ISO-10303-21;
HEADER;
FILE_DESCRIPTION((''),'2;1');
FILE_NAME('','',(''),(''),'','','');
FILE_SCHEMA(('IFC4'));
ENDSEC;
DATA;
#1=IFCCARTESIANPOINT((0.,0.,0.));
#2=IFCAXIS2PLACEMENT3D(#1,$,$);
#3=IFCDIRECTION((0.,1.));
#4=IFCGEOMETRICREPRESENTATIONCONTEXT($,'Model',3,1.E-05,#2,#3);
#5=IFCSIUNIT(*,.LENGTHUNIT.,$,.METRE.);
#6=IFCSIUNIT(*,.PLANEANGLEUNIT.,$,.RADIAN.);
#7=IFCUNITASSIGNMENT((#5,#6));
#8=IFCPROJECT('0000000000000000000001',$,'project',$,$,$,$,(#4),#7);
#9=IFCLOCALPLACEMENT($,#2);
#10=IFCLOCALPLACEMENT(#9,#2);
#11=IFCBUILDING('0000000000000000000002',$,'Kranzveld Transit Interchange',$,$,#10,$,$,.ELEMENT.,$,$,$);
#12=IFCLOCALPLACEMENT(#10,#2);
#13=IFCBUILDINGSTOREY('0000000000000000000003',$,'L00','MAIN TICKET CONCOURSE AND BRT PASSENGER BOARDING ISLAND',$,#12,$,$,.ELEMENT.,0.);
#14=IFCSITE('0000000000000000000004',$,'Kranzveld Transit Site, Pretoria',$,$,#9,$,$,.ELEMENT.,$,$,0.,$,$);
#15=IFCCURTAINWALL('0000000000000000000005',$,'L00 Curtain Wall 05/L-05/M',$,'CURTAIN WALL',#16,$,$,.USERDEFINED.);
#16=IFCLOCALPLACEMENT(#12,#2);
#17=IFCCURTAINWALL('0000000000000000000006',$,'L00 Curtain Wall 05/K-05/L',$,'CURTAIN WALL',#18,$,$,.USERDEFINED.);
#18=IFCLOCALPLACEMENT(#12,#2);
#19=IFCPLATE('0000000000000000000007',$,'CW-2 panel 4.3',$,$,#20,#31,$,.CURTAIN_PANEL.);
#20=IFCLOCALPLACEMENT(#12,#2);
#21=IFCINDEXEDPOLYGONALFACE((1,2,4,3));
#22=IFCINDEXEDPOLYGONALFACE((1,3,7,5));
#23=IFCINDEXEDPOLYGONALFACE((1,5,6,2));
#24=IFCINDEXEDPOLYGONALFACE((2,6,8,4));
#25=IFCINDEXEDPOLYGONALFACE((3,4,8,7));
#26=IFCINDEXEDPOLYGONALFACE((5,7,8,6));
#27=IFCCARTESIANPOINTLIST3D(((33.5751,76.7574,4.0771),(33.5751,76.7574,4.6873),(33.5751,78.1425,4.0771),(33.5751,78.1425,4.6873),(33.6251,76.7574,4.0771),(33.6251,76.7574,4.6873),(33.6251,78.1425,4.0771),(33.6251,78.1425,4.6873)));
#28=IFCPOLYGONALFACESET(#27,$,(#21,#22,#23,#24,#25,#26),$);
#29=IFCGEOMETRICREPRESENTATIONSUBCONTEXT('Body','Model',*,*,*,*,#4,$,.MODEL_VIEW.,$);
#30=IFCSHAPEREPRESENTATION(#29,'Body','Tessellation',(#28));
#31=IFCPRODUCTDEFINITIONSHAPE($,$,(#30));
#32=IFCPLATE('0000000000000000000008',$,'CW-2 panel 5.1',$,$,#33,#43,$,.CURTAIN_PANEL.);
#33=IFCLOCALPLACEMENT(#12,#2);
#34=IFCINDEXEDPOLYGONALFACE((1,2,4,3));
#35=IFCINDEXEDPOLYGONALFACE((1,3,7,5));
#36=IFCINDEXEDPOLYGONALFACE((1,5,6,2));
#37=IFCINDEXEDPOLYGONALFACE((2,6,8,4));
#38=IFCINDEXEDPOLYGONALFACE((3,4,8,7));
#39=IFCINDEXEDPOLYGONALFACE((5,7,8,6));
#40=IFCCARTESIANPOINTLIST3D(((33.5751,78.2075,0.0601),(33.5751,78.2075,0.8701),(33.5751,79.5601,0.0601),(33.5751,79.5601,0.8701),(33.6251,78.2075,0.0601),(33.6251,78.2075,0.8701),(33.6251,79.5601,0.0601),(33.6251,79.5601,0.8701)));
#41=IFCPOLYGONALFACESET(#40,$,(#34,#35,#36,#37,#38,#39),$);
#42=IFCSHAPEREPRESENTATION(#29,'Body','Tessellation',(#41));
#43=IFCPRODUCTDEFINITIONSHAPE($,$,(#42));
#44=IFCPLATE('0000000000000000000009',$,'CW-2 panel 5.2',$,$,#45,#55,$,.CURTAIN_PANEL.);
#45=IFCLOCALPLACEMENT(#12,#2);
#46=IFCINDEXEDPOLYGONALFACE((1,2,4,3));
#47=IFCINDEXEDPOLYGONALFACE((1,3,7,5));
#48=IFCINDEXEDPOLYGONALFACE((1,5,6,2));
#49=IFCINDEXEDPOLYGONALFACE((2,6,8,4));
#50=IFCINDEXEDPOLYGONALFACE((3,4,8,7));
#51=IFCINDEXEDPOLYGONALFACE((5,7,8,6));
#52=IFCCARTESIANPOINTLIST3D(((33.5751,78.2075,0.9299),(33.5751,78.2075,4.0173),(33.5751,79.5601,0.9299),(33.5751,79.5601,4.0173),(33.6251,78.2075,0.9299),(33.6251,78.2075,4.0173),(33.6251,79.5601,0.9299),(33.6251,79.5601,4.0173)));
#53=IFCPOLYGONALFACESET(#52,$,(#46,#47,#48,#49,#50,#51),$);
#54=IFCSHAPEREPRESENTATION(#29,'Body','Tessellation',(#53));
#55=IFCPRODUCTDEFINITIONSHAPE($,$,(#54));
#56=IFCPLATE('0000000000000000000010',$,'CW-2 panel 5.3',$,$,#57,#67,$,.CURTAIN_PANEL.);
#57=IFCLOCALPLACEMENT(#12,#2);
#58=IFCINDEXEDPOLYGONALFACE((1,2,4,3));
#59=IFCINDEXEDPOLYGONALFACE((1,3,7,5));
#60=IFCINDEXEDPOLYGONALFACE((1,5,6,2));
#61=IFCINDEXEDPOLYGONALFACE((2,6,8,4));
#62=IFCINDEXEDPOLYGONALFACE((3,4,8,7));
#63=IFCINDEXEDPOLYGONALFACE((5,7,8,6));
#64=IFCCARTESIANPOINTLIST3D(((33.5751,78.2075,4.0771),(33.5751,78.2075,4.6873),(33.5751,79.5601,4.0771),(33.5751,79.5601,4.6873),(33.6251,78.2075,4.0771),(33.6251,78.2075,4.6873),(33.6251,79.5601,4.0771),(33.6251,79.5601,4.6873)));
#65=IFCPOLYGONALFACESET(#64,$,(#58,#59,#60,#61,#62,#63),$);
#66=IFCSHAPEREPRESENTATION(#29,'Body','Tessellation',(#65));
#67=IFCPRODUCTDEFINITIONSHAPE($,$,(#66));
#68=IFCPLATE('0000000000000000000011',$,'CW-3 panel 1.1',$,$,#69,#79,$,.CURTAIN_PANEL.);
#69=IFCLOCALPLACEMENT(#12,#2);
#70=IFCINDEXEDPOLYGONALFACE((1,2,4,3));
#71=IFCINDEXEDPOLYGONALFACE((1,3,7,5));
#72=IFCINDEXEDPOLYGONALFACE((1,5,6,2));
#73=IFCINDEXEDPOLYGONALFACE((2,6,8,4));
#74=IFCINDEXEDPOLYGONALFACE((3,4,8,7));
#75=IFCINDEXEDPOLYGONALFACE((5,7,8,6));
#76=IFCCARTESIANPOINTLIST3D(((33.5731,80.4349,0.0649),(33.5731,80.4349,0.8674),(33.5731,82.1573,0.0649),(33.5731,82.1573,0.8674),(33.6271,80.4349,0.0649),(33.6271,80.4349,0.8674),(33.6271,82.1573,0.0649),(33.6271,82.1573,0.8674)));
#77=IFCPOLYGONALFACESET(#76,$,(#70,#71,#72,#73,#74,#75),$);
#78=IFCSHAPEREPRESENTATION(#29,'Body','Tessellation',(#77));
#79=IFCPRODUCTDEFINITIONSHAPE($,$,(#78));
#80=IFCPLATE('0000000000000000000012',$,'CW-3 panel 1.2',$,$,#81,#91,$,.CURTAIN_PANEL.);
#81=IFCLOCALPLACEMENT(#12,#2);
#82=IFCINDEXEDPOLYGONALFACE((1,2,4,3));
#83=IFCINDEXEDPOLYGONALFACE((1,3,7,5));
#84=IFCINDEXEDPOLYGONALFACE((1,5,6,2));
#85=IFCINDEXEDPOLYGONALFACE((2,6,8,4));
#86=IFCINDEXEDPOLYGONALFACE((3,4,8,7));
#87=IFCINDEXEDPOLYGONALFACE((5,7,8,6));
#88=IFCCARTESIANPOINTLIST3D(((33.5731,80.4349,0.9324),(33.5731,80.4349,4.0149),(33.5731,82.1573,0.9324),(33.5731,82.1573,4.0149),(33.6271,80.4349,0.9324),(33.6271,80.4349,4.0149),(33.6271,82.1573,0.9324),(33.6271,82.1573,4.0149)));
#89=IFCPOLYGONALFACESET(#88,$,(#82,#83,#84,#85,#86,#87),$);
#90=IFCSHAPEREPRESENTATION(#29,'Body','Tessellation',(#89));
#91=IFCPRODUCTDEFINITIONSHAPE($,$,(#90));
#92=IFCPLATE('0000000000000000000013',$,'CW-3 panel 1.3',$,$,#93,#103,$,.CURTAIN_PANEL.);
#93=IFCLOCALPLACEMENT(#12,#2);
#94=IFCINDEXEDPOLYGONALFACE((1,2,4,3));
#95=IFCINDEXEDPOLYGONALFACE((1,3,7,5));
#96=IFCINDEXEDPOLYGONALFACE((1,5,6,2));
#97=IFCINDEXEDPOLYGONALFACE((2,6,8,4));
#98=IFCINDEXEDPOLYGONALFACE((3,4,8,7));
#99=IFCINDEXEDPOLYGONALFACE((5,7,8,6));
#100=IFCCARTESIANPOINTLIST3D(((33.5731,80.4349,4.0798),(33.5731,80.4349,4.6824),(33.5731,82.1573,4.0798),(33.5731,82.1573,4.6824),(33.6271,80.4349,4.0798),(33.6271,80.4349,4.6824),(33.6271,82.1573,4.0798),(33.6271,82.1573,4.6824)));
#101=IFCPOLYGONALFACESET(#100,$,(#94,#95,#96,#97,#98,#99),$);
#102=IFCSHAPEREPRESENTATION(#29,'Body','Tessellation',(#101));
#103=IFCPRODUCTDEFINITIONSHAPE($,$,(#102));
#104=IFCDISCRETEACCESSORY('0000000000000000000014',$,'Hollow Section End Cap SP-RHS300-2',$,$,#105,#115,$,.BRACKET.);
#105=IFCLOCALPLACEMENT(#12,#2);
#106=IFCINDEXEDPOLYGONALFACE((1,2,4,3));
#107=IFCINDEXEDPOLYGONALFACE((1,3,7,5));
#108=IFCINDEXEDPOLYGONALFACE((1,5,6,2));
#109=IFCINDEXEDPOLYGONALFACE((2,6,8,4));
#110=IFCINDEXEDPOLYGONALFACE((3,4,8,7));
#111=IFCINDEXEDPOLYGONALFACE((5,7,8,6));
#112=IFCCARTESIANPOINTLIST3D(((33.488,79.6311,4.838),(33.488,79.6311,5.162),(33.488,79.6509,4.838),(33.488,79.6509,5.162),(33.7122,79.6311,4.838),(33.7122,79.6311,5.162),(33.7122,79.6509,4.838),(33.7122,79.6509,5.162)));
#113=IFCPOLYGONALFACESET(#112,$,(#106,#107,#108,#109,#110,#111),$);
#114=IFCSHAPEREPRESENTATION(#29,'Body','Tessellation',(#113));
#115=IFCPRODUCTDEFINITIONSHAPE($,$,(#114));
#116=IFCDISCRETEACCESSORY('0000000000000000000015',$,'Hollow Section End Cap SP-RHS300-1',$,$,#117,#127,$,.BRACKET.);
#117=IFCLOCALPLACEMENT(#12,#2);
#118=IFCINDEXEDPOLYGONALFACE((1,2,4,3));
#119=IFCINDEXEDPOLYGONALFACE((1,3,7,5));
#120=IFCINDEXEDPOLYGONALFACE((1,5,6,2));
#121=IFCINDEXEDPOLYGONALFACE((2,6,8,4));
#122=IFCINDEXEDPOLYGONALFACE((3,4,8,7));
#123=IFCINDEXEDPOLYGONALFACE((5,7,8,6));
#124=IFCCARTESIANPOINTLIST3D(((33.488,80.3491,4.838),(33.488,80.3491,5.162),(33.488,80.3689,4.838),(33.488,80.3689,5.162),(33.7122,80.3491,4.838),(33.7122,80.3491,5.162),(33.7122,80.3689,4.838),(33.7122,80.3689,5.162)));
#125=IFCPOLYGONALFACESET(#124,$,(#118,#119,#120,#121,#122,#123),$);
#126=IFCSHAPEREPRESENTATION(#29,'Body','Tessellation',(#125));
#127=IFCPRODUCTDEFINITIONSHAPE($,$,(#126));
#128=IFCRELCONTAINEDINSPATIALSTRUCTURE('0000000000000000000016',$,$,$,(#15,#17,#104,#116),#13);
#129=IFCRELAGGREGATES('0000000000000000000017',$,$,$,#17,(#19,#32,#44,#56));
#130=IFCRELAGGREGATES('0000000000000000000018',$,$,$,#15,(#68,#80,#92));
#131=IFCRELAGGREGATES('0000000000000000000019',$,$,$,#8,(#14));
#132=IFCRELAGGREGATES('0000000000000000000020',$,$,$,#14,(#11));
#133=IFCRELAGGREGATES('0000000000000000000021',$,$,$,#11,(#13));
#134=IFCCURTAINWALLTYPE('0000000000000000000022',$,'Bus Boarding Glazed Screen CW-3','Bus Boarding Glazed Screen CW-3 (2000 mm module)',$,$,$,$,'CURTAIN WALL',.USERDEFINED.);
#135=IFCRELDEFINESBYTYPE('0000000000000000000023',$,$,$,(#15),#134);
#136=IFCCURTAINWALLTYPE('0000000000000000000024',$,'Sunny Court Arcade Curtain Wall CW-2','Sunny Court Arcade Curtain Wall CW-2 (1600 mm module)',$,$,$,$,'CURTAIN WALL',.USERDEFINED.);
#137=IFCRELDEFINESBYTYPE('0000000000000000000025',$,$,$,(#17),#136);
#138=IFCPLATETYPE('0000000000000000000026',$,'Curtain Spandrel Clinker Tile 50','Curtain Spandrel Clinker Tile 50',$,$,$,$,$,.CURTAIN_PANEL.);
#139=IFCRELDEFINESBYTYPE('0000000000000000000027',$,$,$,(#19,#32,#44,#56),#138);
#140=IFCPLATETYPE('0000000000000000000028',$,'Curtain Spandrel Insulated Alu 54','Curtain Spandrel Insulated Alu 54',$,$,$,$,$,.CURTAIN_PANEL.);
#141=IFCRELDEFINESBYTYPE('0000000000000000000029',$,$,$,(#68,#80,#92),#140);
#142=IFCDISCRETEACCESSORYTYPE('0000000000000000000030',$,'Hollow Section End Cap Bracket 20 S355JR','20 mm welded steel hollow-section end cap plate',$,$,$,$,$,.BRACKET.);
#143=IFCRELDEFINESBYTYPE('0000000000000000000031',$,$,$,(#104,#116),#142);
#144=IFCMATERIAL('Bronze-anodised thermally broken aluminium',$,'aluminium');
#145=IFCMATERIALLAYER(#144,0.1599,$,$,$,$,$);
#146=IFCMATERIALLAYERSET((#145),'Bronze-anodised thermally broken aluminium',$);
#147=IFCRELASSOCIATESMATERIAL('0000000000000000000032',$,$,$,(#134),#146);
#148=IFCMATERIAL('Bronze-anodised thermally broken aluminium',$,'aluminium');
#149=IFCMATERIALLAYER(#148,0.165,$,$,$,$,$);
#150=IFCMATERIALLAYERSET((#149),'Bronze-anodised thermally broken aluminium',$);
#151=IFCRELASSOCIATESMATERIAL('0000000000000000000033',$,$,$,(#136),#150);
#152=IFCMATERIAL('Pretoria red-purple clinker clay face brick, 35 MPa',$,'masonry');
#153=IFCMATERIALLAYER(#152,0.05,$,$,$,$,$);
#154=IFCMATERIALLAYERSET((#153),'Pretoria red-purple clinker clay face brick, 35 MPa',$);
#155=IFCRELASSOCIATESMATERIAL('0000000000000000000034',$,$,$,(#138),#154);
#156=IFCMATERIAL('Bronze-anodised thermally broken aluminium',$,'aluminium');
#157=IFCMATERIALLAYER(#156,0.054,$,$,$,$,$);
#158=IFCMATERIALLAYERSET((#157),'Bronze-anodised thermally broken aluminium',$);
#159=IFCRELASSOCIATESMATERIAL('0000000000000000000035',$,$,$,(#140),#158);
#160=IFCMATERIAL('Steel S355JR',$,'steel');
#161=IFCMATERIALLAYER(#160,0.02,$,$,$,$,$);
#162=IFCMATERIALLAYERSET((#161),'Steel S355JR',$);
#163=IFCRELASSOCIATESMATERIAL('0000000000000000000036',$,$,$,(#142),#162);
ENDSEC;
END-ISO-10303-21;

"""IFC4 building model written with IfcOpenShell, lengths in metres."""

from ifc_helpers import new_model, si_unit, direction, frame, origin, origin_2d, place, context, subcontext, project, spatial, rectangle, extrude, material, layer, layer_set, type_object, element, aggregate, save


model = new_model("IFC4")

# Units and contexts
model_context = context("Model", 3, precision=1e-05, world=origin(), true_north=direction((0.0, 1.0)))
body_context = subcontext(model_context, "Body", "Model", "MODEL_VIEW")
ifc_project = project(units=[si_unit("LENGTHUNIT", "METRE"), si_unit("PLANEANGLEUNIT", "RADIAN")], contexts=[model_context])

# Site, building, storey
site_placement = place(None, origin())
site = spatial("IfcSite", under=ifc_project, at=site_placement, Name="Kranzveld Transit Site, Pretoria", CompositionType="ELEMENT", RefElevation=0.0)
building_placement = place(site_placement, origin())
building = spatial("IfcBuilding", under=site, at=building_placement, Name="Kranzveld Transit Interchange", CompositionType="ELEMENT")
storey_placement = place(building_placement, origin())
storey = spatial("IfcBuildingStorey", under=building, at=storey_placement, Name="L00", Description="MAIN TICKET CONCOURSE AND BRT PASSENGER BOARDING ISLAND", CompositionType="ELEMENT", Elevation=0.0)

# Curtain walls
ifc_material_1 = material(Name="Bronze-anodised thermally broken aluminium", Category="aluminium")
ifc_layer_1 = layer(ifc_material_1, 0.1599)
ifc_layer_set_1 = layer_set([ifc_layer_1], Name="Bronze-anodised thermally broken aluminium")
curtain_wall_type_1 = type_object("IfcCurtainWallType", Name="Bus Boarding Glazed Screen CW-3", Description="Bus Boarding Glazed Screen CW-3 (2000 mm module)", ElementType="CURTAIN WALL", PredefinedType="USERDEFINED", material=ifc_layer_set_1)
curtain_wall_1_placement = place(storey_placement, origin())
curtain_wall_1 = element("IfcCurtainWall", 1, at=curtain_wall_1_placement, inside=storey, type_object=curtain_wall_type_1, Name="L00 Curtain Wall 05/L-05/M", ObjectType="CURTAIN WALL", PredefinedType="USERDEFINED")
ifc_material_2 = material(Name="Bronze-anodised thermally broken aluminium", Category="aluminium")
ifc_layer_2 = layer(ifc_material_2, 0.165)
ifc_layer_set_2 = layer_set([ifc_layer_2], Name="Bronze-anodised thermally broken aluminium")
curtain_wall_type_2 = type_object("IfcCurtainWallType", Name="Sunny Court Arcade Curtain Wall CW-2", Description="Sunny Court Arcade Curtain Wall CW-2 (1600 mm module)", ElementType="CURTAIN WALL", PredefinedType="USERDEFINED", material=ifc_layer_set_2)
curtain_wall_2_placement = place(storey_placement, origin())
curtain_wall_2 = element("IfcCurtainWall", 2, at=curtain_wall_2_placement, inside=storey, type_object=curtain_wall_type_2, Name="L00 Curtain Wall 05/K-05/L", ObjectType="CURTAIN WALL", PredefinedType="USERDEFINED")

# Plates
ifc_material_3 = material(Name="Pretoria red-purple clinker clay face brick, 35 MPa", Category="masonry")
ifc_layer_3 = layer(ifc_material_3, 0.05)
ifc_layer_set_3 = layer_set([ifc_layer_3], Name="Pretoria red-purple clinker clay face brick, 35 MPa")
plate_type_1 = type_object("IfcPlateType", Name="Curtain Spandrel Clinker Tile 50", Description="Curtain Spandrel Clinker Tile 50", PredefinedType="CURTAIN_PANEL", material=ifc_layer_set_3)
plate_1_placement = place(storey_placement, frame((33.6001, 77.45, 4.0771), z_axis=(0.0, 0.0, 1.0), x_axis=(0.0, 1.0, 0.0)))
plate_1 = element("IfcPlate", 3, at=plate_1_placement, type_object=plate_type_1, Name="CW-2 panel 4.3", PredefinedType="CURTAIN_PANEL", context=body_context, shape_type="SweptSolid", body=[
    extrude(rectangle(XDim=1.385, YDim=0.05, at=origin_2d()), origin(), (0.0, 0.0, 1.0), 0.6101),
])
plate_2_placement = place(storey_placement, frame((33.6001, 78.8838, 0.0601), z_axis=(0.0, 0.0, 1.0), x_axis=(0.0, 1.0, 0.0)))
plate_2 = element("IfcPlate", 4, at=plate_2_placement, type_object=plate_type_1, Name="CW-2 panel 5.1", PredefinedType="CURTAIN_PANEL", context=body_context, shape_type="SweptSolid", body=[
    extrude(rectangle(XDim=1.3525, YDim=0.05, at=origin_2d()), origin(), (0.0, 0.0, 1.0), 0.8101),
])
plate_3_placement = place(storey_placement, frame((33.6001, 78.8838, 0.9299), z_axis=(0.0, 0.0, 1.0), x_axis=(0.0, 1.0, 0.0)))
plate_3 = element("IfcPlate", 5, at=plate_3_placement, type_object=plate_type_1, Name="CW-2 panel 5.2", PredefinedType="CURTAIN_PANEL", context=body_context, shape_type="SweptSolid", body=[
    extrude(rectangle(XDim=1.3525, YDim=0.05, at=origin_2d()), origin(), (0.0, 0.0, 1.0), 3.0874),
])
plate_4_placement = place(storey_placement, frame((33.6001, 78.8838, 4.0771), z_axis=(0.0, 0.0, 1.0), x_axis=(0.0, 1.0, 0.0)))
plate_4 = element("IfcPlate", 6, at=plate_4_placement, type_object=plate_type_1, Name="CW-2 panel 5.3", PredefinedType="CURTAIN_PANEL", context=body_context, shape_type="SweptSolid", body=[
    extrude(rectangle(XDim=1.3525, YDim=0.05, at=origin_2d()), origin(), (0.0, 0.0, 1.0), 0.6101),
])
aggregate(curtain_wall_2, [plate_1, plate_2, plate_3, plate_4])
ifc_material_4 = material(Name="Bronze-anodised thermally broken aluminium", Category="aluminium")
ifc_layer_4 = layer(ifc_material_4, 0.054)
ifc_layer_set_4 = layer_set([ifc_layer_4], Name="Bronze-anodised thermally broken aluminium")
plate_type_2 = type_object("IfcPlateType", Name="Curtain Spandrel Insulated Alu 54", Description="Curtain Spandrel Insulated Alu 54", PredefinedType="CURTAIN_PANEL", material=ifc_layer_set_4)
plate_5_placement = place(storey_placement, frame((33.6001, 81.2961, 0.0649), z_axis=(0.0, 0.0, 1.0), x_axis=(0.0, 1.0, 0.0)))
plate_5 = element("IfcPlate", 7, at=plate_5_placement, type_object=plate_type_2, Name="CW-3 panel 1.1", PredefinedType="CURTAIN_PANEL", context=body_context, shape_type="SweptSolid", body=[
    extrude(rectangle(XDim=1.7224, YDim=0.054, at=origin_2d()), origin(), (0.0, 0.0, 1.0), 0.8025),
])
plate_6_placement = place(storey_placement, frame((33.6001, 81.2961, 0.9324), z_axis=(0.0, 0.0, 1.0), x_axis=(0.0, 1.0, 0.0)))
plate_6 = element("IfcPlate", 8, at=plate_6_placement, type_object=plate_type_2, Name="CW-3 panel 1.2", PredefinedType="CURTAIN_PANEL", context=body_context, shape_type="SweptSolid", body=[
    extrude(rectangle(XDim=1.7224, YDim=0.054, at=origin_2d()), origin(), (0.0, 0.0, 1.0), 3.0825),
])
plate_7_placement = place(storey_placement, frame((33.6001, 81.2961, 4.0798), z_axis=(0.0, 0.0, 1.0), x_axis=(0.0, 1.0, 0.0)))
plate_7 = element("IfcPlate", 9, at=plate_7_placement, type_object=plate_type_2, Name="CW-3 panel 1.3", PredefinedType="CURTAIN_PANEL", context=body_context, shape_type="SweptSolid", body=[
    extrude(rectangle(XDim=1.7224, YDim=0.054, at=origin_2d()), origin(), (0.0, 0.0, 1.0), 0.6025),
])
aggregate(curtain_wall_1, [plate_5, plate_6, plate_7])

# Discrete accessories
ifc_material_5 = material(Name="Steel S355JR", Category="steel")
ifc_layer_5 = layer(ifc_material_5, 0.02)
ifc_layer_set_5 = layer_set([ifc_layer_5], Name="Steel S355JR")
discrete_accessory_type = type_object("IfcDiscreteAccessoryType", Name="Hollow Section End Cap Bracket 20 S355JR", Description="20 mm welded steel hollow-section end cap plate", PredefinedType="BRACKET", material=ifc_layer_set_5)
for number, where, z_axis, x_axis, name in (
    (10, (33.6001, 79.6311, 5.0), (0.0, 1.0, 0.0), (-1.0, 0.0, 0.0), "Hollow Section End Cap SP-RHS300-2"),
    (11, (33.6001, 80.3689, 5.0), (0.0, -1.0, 0.0), (1.0, 0.0, 0.0), "Hollow Section End Cap SP-RHS300-1"),
):
    element("IfcDiscreteAccessory", number, at=place(storey_placement, frame(where, z_axis=z_axis, x_axis=x_axis)), inside=storey, type_object=discrete_accessory_type, Name=name, PredefinedType="BRACKET", context=body_context, shape_type="SweptSolid", body=[
        extrude(rectangle(XDim=0.2241, YDim=0.324, at=origin_2d()), origin(), (0.0, 0.0, 1.0), 0.0198),
    ])

save(model, "model.ifc")
